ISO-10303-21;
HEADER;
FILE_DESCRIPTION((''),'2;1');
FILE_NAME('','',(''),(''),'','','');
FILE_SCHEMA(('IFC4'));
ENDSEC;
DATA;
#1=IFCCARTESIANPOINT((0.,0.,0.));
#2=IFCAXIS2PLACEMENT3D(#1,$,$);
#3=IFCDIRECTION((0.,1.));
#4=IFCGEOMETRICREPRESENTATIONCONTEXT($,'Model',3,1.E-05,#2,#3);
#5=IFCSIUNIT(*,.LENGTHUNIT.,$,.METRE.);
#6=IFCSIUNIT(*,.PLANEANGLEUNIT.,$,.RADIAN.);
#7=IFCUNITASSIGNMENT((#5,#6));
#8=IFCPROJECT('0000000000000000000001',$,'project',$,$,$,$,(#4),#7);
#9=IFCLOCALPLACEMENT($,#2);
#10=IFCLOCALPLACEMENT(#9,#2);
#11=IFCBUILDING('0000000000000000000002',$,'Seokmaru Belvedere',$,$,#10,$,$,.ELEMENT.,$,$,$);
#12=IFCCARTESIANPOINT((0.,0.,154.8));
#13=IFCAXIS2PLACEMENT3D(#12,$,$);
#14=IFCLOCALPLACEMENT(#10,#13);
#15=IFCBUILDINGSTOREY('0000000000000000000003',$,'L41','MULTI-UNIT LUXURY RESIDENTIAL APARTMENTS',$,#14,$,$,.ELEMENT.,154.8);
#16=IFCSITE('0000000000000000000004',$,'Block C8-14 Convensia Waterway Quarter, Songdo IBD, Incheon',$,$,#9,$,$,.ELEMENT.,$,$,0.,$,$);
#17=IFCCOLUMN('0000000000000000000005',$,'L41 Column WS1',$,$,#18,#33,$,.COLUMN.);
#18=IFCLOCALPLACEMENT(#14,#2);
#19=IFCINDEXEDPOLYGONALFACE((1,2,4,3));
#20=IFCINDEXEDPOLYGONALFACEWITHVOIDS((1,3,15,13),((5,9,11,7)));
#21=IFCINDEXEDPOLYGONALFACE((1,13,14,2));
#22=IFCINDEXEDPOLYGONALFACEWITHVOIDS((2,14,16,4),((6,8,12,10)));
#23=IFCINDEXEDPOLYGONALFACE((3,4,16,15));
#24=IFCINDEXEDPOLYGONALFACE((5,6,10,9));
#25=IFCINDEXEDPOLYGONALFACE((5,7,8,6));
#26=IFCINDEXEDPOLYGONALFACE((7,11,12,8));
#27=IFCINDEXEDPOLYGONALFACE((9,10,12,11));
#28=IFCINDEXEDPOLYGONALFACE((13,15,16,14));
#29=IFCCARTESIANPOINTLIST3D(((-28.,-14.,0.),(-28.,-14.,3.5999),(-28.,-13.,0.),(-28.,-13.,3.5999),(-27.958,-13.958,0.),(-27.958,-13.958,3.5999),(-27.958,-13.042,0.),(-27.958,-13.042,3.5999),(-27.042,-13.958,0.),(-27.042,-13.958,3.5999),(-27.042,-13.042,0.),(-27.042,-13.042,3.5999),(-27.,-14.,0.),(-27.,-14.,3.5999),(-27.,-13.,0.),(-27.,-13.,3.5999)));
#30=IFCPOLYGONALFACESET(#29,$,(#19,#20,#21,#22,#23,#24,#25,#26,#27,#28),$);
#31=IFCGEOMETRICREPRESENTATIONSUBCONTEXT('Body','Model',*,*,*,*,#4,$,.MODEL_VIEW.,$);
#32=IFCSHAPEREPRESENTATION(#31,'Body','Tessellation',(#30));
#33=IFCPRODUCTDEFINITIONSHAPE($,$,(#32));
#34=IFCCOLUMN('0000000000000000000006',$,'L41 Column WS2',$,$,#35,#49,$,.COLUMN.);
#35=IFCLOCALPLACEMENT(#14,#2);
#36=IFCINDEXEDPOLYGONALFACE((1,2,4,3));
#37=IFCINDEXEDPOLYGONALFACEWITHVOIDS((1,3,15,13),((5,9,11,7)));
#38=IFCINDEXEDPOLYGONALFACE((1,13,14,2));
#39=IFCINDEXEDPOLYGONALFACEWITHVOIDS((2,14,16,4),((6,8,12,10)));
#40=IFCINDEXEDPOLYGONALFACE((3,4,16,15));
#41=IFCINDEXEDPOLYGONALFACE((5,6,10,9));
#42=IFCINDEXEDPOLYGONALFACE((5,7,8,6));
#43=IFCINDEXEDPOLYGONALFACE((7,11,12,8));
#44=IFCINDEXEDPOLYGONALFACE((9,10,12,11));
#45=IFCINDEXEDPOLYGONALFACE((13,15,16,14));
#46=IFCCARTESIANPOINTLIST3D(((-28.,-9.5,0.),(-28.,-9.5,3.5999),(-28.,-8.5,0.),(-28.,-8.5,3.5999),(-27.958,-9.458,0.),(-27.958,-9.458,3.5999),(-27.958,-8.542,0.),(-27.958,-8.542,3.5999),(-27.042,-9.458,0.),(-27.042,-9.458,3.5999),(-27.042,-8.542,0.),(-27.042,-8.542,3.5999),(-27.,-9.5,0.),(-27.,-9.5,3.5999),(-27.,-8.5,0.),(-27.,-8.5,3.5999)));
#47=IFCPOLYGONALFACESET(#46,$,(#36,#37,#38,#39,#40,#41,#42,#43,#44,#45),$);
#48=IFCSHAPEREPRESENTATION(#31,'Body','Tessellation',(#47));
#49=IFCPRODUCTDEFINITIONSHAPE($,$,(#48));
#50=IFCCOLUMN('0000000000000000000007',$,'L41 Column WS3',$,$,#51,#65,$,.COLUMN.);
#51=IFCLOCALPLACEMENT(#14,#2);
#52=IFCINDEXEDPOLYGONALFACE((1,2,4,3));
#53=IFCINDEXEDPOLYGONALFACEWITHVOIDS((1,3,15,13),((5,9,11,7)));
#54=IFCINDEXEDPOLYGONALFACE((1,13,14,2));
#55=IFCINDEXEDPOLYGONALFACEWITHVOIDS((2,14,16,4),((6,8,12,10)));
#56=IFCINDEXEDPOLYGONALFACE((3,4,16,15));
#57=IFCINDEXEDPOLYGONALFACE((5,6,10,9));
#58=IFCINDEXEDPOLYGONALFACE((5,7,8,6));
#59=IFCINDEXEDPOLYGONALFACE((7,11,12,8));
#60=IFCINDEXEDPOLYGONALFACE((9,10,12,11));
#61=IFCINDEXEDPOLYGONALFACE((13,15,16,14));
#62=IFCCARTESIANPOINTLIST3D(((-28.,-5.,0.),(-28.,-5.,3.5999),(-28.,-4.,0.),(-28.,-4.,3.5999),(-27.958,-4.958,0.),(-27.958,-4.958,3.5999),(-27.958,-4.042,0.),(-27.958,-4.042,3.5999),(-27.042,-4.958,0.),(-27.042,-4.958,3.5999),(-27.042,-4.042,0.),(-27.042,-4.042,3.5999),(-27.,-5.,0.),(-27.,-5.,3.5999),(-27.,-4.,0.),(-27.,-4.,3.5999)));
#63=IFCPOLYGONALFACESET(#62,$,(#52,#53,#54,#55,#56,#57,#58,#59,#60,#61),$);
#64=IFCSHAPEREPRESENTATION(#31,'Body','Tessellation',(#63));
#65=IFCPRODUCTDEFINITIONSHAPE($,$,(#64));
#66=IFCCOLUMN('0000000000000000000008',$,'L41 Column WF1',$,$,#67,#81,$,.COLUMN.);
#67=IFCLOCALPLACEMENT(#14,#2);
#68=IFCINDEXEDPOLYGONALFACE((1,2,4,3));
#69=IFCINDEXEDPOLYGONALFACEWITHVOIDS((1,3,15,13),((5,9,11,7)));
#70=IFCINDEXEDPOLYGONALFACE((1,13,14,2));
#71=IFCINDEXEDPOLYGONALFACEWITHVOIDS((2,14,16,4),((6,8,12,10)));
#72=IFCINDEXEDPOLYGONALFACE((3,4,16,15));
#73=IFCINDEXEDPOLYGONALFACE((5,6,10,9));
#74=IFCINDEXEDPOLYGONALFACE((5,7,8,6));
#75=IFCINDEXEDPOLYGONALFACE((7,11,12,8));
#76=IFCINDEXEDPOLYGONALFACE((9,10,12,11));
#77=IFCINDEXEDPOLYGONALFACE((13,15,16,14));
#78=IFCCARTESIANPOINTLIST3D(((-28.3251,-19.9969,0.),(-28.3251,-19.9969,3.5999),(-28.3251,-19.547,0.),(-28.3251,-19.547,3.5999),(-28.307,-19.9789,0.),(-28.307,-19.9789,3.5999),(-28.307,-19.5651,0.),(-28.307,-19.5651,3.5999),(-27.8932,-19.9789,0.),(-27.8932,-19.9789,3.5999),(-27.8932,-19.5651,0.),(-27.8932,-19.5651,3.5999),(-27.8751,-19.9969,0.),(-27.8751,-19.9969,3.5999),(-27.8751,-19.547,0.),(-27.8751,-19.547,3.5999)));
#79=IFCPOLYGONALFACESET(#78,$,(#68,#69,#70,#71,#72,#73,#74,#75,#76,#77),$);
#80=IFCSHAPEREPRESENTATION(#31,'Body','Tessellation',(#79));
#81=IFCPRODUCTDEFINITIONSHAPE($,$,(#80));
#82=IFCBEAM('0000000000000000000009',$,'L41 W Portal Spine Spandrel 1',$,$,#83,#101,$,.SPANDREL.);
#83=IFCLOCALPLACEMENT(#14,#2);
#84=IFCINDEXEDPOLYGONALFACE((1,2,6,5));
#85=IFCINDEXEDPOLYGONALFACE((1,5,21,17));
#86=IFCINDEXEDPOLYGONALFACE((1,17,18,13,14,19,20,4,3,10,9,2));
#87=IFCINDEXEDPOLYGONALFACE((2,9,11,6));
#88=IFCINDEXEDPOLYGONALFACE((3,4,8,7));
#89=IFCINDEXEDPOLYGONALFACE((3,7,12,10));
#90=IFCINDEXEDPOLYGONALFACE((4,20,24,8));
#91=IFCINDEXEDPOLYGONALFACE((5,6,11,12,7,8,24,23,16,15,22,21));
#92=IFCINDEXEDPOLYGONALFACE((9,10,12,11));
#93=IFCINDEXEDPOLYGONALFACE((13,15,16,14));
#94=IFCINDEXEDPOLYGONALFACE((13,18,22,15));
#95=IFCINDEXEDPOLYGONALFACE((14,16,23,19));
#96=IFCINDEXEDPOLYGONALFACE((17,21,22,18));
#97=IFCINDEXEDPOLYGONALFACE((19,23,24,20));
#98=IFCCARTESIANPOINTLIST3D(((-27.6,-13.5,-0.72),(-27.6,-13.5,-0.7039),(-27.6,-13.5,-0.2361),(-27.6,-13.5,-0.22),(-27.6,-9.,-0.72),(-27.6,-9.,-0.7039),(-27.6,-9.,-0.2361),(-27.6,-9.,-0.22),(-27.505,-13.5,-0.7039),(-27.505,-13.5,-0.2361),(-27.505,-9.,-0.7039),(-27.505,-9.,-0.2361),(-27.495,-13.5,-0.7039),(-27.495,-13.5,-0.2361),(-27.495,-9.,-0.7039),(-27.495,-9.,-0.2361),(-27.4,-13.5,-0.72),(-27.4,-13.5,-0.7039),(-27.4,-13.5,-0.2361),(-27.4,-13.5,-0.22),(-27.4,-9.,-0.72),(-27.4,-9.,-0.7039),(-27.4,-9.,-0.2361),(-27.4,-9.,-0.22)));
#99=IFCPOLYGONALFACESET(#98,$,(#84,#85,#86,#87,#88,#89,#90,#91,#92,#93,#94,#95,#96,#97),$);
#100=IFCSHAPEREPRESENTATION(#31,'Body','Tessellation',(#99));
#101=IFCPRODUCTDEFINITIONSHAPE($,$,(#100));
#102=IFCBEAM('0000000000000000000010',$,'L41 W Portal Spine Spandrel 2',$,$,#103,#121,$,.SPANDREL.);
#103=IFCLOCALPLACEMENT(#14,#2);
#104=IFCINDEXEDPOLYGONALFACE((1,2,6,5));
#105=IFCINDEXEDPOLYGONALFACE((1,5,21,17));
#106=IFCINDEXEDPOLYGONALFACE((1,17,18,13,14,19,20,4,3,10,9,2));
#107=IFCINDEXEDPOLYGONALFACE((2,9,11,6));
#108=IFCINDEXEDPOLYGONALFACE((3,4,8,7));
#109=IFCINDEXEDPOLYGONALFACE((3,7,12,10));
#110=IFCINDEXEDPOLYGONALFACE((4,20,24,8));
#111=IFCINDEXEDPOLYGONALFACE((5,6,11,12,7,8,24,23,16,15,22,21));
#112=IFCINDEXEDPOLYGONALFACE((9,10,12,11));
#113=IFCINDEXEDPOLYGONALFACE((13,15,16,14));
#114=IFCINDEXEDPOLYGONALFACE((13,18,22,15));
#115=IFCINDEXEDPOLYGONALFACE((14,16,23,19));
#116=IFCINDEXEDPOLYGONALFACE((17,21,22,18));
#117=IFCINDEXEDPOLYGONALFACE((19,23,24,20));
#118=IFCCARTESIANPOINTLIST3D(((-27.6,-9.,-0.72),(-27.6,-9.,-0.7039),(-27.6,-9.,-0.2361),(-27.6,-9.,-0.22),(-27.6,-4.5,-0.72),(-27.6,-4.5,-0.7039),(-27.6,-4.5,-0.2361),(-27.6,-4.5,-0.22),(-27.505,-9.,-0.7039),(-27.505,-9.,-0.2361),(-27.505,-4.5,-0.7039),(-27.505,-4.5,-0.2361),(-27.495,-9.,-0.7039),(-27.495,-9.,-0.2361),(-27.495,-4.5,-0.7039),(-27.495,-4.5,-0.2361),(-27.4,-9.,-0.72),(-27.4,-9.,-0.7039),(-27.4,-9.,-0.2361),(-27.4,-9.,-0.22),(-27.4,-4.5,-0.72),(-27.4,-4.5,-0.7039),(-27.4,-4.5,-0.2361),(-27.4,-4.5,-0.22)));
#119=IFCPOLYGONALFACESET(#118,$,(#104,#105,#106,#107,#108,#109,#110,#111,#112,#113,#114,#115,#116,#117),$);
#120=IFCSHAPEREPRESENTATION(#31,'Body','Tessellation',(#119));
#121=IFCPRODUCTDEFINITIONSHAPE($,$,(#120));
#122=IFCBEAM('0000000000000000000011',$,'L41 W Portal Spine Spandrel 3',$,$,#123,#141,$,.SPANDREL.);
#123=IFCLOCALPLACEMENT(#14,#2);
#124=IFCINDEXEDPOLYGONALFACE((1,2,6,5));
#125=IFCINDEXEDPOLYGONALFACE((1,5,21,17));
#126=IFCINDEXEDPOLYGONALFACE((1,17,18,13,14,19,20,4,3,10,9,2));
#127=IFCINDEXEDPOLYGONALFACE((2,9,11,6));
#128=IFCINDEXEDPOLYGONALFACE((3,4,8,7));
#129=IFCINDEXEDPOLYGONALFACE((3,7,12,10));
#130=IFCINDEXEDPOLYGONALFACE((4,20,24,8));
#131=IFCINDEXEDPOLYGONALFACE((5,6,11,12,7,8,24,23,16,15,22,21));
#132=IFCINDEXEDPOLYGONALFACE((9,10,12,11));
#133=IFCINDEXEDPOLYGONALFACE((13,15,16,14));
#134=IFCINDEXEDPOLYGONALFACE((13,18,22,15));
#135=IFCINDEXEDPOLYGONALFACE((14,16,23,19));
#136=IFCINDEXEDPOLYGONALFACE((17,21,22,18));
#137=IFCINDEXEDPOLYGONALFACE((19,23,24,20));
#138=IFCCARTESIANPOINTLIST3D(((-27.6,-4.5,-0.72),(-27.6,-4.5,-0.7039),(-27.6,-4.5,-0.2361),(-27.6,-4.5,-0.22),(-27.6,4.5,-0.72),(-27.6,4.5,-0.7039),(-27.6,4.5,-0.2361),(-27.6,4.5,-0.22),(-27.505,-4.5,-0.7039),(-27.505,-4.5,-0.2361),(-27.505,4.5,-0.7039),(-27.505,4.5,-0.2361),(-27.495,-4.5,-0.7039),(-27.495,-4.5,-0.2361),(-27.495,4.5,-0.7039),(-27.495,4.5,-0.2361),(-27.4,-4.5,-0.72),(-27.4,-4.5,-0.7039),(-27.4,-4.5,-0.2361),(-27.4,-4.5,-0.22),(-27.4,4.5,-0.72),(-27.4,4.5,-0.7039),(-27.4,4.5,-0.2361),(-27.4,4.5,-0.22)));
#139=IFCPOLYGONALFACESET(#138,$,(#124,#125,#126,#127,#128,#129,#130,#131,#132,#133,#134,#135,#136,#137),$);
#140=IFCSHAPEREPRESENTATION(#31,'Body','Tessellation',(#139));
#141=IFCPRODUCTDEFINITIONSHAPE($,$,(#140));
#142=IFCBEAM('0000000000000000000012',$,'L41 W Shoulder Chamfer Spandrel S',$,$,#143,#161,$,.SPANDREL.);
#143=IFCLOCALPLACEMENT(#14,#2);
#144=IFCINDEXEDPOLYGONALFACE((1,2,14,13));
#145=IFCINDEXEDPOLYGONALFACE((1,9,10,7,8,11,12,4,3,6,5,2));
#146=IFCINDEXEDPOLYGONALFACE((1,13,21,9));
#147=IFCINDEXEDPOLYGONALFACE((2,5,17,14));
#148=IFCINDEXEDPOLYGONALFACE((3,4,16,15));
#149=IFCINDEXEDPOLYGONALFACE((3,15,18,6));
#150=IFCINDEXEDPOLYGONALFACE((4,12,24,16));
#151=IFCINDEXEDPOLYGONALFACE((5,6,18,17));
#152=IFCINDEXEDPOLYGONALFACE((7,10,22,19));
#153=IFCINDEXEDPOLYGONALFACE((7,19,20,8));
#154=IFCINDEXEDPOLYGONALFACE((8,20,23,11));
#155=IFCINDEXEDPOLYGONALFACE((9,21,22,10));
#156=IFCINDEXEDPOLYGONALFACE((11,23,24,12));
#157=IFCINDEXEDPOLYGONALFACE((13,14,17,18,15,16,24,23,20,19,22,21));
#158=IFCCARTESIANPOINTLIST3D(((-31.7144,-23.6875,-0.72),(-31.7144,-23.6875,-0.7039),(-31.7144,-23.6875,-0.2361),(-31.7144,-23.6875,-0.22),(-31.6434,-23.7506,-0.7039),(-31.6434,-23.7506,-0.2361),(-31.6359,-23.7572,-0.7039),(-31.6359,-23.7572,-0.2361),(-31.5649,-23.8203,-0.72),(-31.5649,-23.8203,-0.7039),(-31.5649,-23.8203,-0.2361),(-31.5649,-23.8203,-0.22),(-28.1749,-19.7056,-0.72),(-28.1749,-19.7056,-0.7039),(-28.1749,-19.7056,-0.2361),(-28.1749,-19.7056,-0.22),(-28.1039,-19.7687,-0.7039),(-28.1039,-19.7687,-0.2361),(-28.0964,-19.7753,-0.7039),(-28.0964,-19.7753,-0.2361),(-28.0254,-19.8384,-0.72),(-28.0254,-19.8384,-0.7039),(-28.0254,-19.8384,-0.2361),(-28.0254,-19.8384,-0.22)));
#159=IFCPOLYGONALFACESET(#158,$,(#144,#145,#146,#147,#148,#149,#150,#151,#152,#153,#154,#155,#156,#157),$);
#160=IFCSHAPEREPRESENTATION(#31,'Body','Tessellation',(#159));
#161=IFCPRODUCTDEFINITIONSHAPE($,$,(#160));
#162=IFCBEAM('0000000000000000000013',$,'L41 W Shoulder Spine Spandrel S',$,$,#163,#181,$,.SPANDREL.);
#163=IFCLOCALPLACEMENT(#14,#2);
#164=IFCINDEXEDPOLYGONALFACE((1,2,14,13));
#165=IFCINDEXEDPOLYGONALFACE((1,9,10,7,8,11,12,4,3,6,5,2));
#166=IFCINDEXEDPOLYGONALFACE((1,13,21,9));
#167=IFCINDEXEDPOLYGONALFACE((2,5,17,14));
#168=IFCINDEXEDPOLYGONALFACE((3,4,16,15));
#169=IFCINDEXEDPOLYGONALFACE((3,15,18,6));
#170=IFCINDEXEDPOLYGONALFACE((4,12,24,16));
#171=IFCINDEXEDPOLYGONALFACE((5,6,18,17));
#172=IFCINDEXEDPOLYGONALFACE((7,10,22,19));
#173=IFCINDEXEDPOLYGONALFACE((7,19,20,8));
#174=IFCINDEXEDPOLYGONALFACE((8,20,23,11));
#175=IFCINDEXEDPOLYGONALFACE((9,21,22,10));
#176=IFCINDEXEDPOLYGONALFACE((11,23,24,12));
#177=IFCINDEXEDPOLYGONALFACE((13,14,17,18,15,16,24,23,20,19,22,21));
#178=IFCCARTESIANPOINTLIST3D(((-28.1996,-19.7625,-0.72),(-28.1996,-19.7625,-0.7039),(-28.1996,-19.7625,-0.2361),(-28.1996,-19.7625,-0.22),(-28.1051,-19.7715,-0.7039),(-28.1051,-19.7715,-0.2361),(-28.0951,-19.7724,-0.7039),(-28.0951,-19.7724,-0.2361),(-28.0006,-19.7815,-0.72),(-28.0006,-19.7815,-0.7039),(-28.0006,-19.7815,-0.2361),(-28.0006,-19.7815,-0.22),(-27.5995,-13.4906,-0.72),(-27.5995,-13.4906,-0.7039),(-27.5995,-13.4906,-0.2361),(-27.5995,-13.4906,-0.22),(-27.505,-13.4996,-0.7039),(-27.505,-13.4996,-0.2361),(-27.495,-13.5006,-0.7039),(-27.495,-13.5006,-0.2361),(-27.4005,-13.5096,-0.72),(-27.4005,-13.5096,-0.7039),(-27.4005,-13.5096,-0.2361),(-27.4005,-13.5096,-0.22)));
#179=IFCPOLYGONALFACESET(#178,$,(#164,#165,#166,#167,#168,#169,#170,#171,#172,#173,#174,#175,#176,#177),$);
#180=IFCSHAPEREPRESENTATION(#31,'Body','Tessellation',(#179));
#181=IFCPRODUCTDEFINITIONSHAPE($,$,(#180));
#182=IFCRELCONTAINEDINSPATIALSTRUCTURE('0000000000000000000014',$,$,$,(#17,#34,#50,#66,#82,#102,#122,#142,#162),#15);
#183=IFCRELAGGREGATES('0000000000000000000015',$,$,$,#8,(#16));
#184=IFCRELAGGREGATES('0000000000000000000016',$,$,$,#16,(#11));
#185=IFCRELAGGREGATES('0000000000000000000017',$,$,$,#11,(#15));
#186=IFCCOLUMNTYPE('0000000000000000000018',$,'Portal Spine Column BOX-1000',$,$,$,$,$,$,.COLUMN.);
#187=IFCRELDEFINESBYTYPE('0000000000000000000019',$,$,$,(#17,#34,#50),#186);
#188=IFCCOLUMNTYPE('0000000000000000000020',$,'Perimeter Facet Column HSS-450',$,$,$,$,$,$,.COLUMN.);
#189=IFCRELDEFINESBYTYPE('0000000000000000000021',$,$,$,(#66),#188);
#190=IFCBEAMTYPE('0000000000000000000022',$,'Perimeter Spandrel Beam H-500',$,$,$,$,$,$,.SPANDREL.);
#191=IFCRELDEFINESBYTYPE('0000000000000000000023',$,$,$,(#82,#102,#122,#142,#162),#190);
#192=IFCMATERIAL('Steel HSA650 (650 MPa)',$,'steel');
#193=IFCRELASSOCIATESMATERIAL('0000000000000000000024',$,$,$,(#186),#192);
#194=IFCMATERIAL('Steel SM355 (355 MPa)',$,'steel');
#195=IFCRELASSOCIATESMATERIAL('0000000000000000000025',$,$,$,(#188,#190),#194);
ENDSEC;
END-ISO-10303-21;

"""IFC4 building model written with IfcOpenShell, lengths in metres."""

from ifc_helpers import new_model, si_unit, direction, frame, origin, origin_2d, place, context, subcontext, project, spatial, hollow_rectangle, i_section, extrude, source, transform, mapped, material, material_profile, profile_set, type_object, type_shapes, element, save


model = new_model("IFC4")

# Units and contexts
model_context = context("Model", 3, precision=1e-05, world=origin(), true_north=direction((0.0, 1.0)))
body_context = subcontext(model_context, "Body", "Model", "MODEL_VIEW")
ifc_project = project(units=[si_unit("LENGTHUNIT", "METRE"), si_unit("PLANEANGLEUNIT", "RADIAN")], contexts=[model_context])

# Site, building, storey
site_placement = place(None, origin())
site = spatial("IfcSite", under=ifc_project, at=site_placement, Name="Block C8-14 Convensia Waterway Quarter, Songdo IBD, Incheon", CompositionType="ELEMENT", RefElevation=0.0)
building_placement = place(site_placement, origin())
building = spatial("IfcBuilding", under=site, at=building_placement, Name="Seokmaru Belvedere", CompositionType="ELEMENT")
storey_placement = place(building_placement, frame((0.0, 0.0, 154.8)))
storey = spatial("IfcBuildingStorey", under=building, at=storey_placement, Name="L41", Description="MULTI-UNIT LUXURY RESIDENTIAL APARTMENTS", CompositionType="ELEMENT", Elevation=154.8)

# Columns
ifc_material_1 = material(Name="Steel HSA650 (650 MPa)", Category="steel")
ifc_material_profile_1 = material_profile(ifc_material_1, hollow_rectangle(XDim=1.0, YDim=1.0, WallThickness=0.042, at=origin_2d()), Name="BOX-1000x1000x42")
ifc_profile_set_1 = profile_set([ifc_material_profile_1], Name="Steel HSA650 (650 MPa)")
column_type_1 = type_object("IfcColumnType", Name="Portal Spine Column BOX-1000", PredefinedType="COLUMN", material=ifc_profile_set_1)
shared_shape_1 = source(origin(), body_context, "Body", "SweptSolid", [
    extrude(hollow_rectangle(XDim=1.0, YDim=1.0, WallThickness=0.042, at=origin_2d()), origin(), (0.0, 0.0, 1.0), 3.5999),
])
type_shapes(column_type_1, [shared_shape_1])
for number, where, z_axis, x_axis, name in (
    (1, (-27.5, -13.5, 0.0), (0.0, 0.0, 1.0), (1.0, 0.0, 0.0), "L41 Column WS1"),
    (2, (-27.5, -9.0, 0.0), (0.0, 0.0, 1.0), (1.0, 0.0, 0.0), "L41 Column WS2"),
    (3, (-27.5, -4.5, 0.0), (0.0, 0.0, 1.0), (1.0, 0.0, 0.0), "L41 Column WS3"),
):
    element("IfcColumn", number, at=place(storey_placement, frame(where, z_axis=z_axis, x_axis=x_axis)), inside=storey, type_object=column_type_1, Name=name, PredefinedType="COLUMN", context=body_context, shape_type="MappedRepresentation", body=[
        mapped(shared_shape_1, transform((0.0, 0.0, 0.0), scale=1.0)),
    ])
ifc_material_2 = material(Name="Steel SM355 (355 MPa)", Category="steel")
ifc_material_profile_2 = material_profile(ifc_material_2, hollow_rectangle(XDim=0.45, YDim=0.45, WallThickness=0.0181, at=origin_2d()), Name="HSS-450x450x18")
ifc_profile_set_2 = profile_set([ifc_material_profile_2], Name="Steel SM355 (355 MPa)")
column_type_2 = type_object("IfcColumnType", Name="Perimeter Facet Column HSS-450", PredefinedType="COLUMN", material=ifc_profile_set_2)
shared_shape_2 = source(origin(), body_context, "Body", "SweptSolid", [
    extrude(hollow_rectangle(XDim=0.45, YDim=0.45, WallThickness=0.0181, at=origin_2d()), origin(), (0.0, 0.0, 1.0), 3.5999),
])
type_shapes(column_type_2, [shared_shape_2])
column_placement = place(storey_placement, frame((-28.1001, -19.772, 0.0), z_axis=(0.0, 0.0, 1.0), x_axis=(1.0, 0.0, 0.0)))
element("IfcColumn", 4, at=column_placement, inside=storey, type_object=column_type_2, Name="L41 Column WF1", PredefinedType="COLUMN", context=body_context, shape_type="MappedRepresentation", body=[
    mapped(shared_shape_2, transform((0.0, 0.0, 0.0), scale=1.0)),
])

# Beams
ifc_material_profile_3 = material_profile(ifc_material_2, i_section(OverallWidth=0.2, OverallDepth=0.5, WebThickness=0.01, FlangeThickness=0.0161, at=origin_2d()), Name="H-500x200x10x16")
ifc_profile_set_3 = profile_set([ifc_material_profile_3], Name="Steel SM355 (355 MPa)")
beam_type = type_object("IfcBeamType", Name="Perimeter Spandrel Beam H-500", PredefinedType="SPANDREL", material=ifc_profile_set_3)
shared_shape_3 = source(origin(), body_context, "Body", "SweptSolid", [
    extrude(i_section(OverallWidth=0.2, OverallDepth=0.5, WebThickness=0.01, FlangeThickness=0.0161, at=origin_2d()), origin(), (0.0, 0.0, 1.0), 4.5),
])
for number, where, z_axis, x_axis, name in (
    (5, (-27.5, -13.5, -0.47), (0.0, 1.0, 0.0), (-1.0, 0.0, 0.0), "L41 W Portal Spine Spandrel 1"),
    (6, (-27.5, -9.0, -0.47), (0.0, 1.0, 0.0), (-1.0, 0.0, 0.0), "L41 W Portal Spine Spandrel 2"),
):
    element("IfcBeam", number, at=place(storey_placement, frame(where, z_axis=z_axis, x_axis=x_axis)), inside=storey, type_object=beam_type, Name=name, PredefinedType="SPANDREL", context=body_context, shape_type="MappedRepresentation", body=[
        mapped(shared_shape_3, transform((0.0, 0.0, 0.0), scale=1.0)),
    ])
shared_shape_4 = source(origin(), body_context, "Body", "SweptSolid", [
    extrude(i_section(OverallWidth=0.2, OverallDepth=0.5, WebThickness=0.01, FlangeThickness=0.0161, at=origin_2d()), origin(), (0.0, 0.0, 1.0), 9.0),
])
beam_1_placement = place(storey_placement, frame((-27.5, -4.5, -0.47), z_axis=(0.0, 1.0, 0.0), x_axis=(-1.0, 0.0, 0.0)))
element("IfcBeam", 7, at=beam_1_placement, inside=storey, type_object=beam_type, Name="L41 W Portal Spine Spandrel 3", PredefinedType="SPANDREL", context=body_context, shape_type="MappedRepresentation", body=[
    mapped(shared_shape_4, transform((0.0, 0.0, 0.0), scale=1.0)),
])
shared_shape_5 = source(origin(), body_context, "Body", "SweptSolid", [
    extrude(i_section(OverallWidth=0.2, OverallDepth=0.5, WebThickness=0.01, FlangeThickness=0.0161, at=origin_2d()), origin(), (0.0, 0.0, 1.0), 5.3276),
])
beam_2_placement = place(storey_placement, frame((-31.6396, -23.7539, -0.47), z_axis=(0.66437, 0.747404, 0.0), x_axis=(-0.747404, 0.66437, 0.0)))
element("IfcBeam", 8, at=beam_2_placement, inside=storey, type_object=beam_type, Name="L41 W Shoulder Chamfer Spandrel S", PredefinedType="SPANDREL", context=body_context, shape_type="MappedRepresentation", body=[
    mapped(shared_shape_5, transform((0.0, 0.0, 0.0), scale=1.0)),
])
shared_shape_6 = source(origin(), body_context, "Body", "SweptSolid", [
    extrude(i_section(OverallWidth=0.2, OverallDepth=0.5, WebThickness=0.01, FlangeThickness=0.0161, at=origin_2d()), origin(), (0.0, 0.0, 1.0), 6.3005),
])
type_shapes(beam_type, [shared_shape_3, shared_shape_4, shared_shape_5, shared_shape_6])
beam_3_placement = place(storey_placement, frame((-28.1001, -19.772, -0.47), z_axis=(0.095244, 0.995454, 0.0), x_axis=(-0.995454, 0.095244, 0.0)))
element("IfcBeam", 9, at=beam_3_placement, inside=storey, type_object=beam_type, Name="L41 W Shoulder Spine Spandrel S", PredefinedType="SPANDREL", context=body_context, shape_type="MappedRepresentation", body=[
    mapped(shared_shape_6, transform((0.0, 0.0, 0.0), scale=1.0)),
])

save(model, "model.ifc")
